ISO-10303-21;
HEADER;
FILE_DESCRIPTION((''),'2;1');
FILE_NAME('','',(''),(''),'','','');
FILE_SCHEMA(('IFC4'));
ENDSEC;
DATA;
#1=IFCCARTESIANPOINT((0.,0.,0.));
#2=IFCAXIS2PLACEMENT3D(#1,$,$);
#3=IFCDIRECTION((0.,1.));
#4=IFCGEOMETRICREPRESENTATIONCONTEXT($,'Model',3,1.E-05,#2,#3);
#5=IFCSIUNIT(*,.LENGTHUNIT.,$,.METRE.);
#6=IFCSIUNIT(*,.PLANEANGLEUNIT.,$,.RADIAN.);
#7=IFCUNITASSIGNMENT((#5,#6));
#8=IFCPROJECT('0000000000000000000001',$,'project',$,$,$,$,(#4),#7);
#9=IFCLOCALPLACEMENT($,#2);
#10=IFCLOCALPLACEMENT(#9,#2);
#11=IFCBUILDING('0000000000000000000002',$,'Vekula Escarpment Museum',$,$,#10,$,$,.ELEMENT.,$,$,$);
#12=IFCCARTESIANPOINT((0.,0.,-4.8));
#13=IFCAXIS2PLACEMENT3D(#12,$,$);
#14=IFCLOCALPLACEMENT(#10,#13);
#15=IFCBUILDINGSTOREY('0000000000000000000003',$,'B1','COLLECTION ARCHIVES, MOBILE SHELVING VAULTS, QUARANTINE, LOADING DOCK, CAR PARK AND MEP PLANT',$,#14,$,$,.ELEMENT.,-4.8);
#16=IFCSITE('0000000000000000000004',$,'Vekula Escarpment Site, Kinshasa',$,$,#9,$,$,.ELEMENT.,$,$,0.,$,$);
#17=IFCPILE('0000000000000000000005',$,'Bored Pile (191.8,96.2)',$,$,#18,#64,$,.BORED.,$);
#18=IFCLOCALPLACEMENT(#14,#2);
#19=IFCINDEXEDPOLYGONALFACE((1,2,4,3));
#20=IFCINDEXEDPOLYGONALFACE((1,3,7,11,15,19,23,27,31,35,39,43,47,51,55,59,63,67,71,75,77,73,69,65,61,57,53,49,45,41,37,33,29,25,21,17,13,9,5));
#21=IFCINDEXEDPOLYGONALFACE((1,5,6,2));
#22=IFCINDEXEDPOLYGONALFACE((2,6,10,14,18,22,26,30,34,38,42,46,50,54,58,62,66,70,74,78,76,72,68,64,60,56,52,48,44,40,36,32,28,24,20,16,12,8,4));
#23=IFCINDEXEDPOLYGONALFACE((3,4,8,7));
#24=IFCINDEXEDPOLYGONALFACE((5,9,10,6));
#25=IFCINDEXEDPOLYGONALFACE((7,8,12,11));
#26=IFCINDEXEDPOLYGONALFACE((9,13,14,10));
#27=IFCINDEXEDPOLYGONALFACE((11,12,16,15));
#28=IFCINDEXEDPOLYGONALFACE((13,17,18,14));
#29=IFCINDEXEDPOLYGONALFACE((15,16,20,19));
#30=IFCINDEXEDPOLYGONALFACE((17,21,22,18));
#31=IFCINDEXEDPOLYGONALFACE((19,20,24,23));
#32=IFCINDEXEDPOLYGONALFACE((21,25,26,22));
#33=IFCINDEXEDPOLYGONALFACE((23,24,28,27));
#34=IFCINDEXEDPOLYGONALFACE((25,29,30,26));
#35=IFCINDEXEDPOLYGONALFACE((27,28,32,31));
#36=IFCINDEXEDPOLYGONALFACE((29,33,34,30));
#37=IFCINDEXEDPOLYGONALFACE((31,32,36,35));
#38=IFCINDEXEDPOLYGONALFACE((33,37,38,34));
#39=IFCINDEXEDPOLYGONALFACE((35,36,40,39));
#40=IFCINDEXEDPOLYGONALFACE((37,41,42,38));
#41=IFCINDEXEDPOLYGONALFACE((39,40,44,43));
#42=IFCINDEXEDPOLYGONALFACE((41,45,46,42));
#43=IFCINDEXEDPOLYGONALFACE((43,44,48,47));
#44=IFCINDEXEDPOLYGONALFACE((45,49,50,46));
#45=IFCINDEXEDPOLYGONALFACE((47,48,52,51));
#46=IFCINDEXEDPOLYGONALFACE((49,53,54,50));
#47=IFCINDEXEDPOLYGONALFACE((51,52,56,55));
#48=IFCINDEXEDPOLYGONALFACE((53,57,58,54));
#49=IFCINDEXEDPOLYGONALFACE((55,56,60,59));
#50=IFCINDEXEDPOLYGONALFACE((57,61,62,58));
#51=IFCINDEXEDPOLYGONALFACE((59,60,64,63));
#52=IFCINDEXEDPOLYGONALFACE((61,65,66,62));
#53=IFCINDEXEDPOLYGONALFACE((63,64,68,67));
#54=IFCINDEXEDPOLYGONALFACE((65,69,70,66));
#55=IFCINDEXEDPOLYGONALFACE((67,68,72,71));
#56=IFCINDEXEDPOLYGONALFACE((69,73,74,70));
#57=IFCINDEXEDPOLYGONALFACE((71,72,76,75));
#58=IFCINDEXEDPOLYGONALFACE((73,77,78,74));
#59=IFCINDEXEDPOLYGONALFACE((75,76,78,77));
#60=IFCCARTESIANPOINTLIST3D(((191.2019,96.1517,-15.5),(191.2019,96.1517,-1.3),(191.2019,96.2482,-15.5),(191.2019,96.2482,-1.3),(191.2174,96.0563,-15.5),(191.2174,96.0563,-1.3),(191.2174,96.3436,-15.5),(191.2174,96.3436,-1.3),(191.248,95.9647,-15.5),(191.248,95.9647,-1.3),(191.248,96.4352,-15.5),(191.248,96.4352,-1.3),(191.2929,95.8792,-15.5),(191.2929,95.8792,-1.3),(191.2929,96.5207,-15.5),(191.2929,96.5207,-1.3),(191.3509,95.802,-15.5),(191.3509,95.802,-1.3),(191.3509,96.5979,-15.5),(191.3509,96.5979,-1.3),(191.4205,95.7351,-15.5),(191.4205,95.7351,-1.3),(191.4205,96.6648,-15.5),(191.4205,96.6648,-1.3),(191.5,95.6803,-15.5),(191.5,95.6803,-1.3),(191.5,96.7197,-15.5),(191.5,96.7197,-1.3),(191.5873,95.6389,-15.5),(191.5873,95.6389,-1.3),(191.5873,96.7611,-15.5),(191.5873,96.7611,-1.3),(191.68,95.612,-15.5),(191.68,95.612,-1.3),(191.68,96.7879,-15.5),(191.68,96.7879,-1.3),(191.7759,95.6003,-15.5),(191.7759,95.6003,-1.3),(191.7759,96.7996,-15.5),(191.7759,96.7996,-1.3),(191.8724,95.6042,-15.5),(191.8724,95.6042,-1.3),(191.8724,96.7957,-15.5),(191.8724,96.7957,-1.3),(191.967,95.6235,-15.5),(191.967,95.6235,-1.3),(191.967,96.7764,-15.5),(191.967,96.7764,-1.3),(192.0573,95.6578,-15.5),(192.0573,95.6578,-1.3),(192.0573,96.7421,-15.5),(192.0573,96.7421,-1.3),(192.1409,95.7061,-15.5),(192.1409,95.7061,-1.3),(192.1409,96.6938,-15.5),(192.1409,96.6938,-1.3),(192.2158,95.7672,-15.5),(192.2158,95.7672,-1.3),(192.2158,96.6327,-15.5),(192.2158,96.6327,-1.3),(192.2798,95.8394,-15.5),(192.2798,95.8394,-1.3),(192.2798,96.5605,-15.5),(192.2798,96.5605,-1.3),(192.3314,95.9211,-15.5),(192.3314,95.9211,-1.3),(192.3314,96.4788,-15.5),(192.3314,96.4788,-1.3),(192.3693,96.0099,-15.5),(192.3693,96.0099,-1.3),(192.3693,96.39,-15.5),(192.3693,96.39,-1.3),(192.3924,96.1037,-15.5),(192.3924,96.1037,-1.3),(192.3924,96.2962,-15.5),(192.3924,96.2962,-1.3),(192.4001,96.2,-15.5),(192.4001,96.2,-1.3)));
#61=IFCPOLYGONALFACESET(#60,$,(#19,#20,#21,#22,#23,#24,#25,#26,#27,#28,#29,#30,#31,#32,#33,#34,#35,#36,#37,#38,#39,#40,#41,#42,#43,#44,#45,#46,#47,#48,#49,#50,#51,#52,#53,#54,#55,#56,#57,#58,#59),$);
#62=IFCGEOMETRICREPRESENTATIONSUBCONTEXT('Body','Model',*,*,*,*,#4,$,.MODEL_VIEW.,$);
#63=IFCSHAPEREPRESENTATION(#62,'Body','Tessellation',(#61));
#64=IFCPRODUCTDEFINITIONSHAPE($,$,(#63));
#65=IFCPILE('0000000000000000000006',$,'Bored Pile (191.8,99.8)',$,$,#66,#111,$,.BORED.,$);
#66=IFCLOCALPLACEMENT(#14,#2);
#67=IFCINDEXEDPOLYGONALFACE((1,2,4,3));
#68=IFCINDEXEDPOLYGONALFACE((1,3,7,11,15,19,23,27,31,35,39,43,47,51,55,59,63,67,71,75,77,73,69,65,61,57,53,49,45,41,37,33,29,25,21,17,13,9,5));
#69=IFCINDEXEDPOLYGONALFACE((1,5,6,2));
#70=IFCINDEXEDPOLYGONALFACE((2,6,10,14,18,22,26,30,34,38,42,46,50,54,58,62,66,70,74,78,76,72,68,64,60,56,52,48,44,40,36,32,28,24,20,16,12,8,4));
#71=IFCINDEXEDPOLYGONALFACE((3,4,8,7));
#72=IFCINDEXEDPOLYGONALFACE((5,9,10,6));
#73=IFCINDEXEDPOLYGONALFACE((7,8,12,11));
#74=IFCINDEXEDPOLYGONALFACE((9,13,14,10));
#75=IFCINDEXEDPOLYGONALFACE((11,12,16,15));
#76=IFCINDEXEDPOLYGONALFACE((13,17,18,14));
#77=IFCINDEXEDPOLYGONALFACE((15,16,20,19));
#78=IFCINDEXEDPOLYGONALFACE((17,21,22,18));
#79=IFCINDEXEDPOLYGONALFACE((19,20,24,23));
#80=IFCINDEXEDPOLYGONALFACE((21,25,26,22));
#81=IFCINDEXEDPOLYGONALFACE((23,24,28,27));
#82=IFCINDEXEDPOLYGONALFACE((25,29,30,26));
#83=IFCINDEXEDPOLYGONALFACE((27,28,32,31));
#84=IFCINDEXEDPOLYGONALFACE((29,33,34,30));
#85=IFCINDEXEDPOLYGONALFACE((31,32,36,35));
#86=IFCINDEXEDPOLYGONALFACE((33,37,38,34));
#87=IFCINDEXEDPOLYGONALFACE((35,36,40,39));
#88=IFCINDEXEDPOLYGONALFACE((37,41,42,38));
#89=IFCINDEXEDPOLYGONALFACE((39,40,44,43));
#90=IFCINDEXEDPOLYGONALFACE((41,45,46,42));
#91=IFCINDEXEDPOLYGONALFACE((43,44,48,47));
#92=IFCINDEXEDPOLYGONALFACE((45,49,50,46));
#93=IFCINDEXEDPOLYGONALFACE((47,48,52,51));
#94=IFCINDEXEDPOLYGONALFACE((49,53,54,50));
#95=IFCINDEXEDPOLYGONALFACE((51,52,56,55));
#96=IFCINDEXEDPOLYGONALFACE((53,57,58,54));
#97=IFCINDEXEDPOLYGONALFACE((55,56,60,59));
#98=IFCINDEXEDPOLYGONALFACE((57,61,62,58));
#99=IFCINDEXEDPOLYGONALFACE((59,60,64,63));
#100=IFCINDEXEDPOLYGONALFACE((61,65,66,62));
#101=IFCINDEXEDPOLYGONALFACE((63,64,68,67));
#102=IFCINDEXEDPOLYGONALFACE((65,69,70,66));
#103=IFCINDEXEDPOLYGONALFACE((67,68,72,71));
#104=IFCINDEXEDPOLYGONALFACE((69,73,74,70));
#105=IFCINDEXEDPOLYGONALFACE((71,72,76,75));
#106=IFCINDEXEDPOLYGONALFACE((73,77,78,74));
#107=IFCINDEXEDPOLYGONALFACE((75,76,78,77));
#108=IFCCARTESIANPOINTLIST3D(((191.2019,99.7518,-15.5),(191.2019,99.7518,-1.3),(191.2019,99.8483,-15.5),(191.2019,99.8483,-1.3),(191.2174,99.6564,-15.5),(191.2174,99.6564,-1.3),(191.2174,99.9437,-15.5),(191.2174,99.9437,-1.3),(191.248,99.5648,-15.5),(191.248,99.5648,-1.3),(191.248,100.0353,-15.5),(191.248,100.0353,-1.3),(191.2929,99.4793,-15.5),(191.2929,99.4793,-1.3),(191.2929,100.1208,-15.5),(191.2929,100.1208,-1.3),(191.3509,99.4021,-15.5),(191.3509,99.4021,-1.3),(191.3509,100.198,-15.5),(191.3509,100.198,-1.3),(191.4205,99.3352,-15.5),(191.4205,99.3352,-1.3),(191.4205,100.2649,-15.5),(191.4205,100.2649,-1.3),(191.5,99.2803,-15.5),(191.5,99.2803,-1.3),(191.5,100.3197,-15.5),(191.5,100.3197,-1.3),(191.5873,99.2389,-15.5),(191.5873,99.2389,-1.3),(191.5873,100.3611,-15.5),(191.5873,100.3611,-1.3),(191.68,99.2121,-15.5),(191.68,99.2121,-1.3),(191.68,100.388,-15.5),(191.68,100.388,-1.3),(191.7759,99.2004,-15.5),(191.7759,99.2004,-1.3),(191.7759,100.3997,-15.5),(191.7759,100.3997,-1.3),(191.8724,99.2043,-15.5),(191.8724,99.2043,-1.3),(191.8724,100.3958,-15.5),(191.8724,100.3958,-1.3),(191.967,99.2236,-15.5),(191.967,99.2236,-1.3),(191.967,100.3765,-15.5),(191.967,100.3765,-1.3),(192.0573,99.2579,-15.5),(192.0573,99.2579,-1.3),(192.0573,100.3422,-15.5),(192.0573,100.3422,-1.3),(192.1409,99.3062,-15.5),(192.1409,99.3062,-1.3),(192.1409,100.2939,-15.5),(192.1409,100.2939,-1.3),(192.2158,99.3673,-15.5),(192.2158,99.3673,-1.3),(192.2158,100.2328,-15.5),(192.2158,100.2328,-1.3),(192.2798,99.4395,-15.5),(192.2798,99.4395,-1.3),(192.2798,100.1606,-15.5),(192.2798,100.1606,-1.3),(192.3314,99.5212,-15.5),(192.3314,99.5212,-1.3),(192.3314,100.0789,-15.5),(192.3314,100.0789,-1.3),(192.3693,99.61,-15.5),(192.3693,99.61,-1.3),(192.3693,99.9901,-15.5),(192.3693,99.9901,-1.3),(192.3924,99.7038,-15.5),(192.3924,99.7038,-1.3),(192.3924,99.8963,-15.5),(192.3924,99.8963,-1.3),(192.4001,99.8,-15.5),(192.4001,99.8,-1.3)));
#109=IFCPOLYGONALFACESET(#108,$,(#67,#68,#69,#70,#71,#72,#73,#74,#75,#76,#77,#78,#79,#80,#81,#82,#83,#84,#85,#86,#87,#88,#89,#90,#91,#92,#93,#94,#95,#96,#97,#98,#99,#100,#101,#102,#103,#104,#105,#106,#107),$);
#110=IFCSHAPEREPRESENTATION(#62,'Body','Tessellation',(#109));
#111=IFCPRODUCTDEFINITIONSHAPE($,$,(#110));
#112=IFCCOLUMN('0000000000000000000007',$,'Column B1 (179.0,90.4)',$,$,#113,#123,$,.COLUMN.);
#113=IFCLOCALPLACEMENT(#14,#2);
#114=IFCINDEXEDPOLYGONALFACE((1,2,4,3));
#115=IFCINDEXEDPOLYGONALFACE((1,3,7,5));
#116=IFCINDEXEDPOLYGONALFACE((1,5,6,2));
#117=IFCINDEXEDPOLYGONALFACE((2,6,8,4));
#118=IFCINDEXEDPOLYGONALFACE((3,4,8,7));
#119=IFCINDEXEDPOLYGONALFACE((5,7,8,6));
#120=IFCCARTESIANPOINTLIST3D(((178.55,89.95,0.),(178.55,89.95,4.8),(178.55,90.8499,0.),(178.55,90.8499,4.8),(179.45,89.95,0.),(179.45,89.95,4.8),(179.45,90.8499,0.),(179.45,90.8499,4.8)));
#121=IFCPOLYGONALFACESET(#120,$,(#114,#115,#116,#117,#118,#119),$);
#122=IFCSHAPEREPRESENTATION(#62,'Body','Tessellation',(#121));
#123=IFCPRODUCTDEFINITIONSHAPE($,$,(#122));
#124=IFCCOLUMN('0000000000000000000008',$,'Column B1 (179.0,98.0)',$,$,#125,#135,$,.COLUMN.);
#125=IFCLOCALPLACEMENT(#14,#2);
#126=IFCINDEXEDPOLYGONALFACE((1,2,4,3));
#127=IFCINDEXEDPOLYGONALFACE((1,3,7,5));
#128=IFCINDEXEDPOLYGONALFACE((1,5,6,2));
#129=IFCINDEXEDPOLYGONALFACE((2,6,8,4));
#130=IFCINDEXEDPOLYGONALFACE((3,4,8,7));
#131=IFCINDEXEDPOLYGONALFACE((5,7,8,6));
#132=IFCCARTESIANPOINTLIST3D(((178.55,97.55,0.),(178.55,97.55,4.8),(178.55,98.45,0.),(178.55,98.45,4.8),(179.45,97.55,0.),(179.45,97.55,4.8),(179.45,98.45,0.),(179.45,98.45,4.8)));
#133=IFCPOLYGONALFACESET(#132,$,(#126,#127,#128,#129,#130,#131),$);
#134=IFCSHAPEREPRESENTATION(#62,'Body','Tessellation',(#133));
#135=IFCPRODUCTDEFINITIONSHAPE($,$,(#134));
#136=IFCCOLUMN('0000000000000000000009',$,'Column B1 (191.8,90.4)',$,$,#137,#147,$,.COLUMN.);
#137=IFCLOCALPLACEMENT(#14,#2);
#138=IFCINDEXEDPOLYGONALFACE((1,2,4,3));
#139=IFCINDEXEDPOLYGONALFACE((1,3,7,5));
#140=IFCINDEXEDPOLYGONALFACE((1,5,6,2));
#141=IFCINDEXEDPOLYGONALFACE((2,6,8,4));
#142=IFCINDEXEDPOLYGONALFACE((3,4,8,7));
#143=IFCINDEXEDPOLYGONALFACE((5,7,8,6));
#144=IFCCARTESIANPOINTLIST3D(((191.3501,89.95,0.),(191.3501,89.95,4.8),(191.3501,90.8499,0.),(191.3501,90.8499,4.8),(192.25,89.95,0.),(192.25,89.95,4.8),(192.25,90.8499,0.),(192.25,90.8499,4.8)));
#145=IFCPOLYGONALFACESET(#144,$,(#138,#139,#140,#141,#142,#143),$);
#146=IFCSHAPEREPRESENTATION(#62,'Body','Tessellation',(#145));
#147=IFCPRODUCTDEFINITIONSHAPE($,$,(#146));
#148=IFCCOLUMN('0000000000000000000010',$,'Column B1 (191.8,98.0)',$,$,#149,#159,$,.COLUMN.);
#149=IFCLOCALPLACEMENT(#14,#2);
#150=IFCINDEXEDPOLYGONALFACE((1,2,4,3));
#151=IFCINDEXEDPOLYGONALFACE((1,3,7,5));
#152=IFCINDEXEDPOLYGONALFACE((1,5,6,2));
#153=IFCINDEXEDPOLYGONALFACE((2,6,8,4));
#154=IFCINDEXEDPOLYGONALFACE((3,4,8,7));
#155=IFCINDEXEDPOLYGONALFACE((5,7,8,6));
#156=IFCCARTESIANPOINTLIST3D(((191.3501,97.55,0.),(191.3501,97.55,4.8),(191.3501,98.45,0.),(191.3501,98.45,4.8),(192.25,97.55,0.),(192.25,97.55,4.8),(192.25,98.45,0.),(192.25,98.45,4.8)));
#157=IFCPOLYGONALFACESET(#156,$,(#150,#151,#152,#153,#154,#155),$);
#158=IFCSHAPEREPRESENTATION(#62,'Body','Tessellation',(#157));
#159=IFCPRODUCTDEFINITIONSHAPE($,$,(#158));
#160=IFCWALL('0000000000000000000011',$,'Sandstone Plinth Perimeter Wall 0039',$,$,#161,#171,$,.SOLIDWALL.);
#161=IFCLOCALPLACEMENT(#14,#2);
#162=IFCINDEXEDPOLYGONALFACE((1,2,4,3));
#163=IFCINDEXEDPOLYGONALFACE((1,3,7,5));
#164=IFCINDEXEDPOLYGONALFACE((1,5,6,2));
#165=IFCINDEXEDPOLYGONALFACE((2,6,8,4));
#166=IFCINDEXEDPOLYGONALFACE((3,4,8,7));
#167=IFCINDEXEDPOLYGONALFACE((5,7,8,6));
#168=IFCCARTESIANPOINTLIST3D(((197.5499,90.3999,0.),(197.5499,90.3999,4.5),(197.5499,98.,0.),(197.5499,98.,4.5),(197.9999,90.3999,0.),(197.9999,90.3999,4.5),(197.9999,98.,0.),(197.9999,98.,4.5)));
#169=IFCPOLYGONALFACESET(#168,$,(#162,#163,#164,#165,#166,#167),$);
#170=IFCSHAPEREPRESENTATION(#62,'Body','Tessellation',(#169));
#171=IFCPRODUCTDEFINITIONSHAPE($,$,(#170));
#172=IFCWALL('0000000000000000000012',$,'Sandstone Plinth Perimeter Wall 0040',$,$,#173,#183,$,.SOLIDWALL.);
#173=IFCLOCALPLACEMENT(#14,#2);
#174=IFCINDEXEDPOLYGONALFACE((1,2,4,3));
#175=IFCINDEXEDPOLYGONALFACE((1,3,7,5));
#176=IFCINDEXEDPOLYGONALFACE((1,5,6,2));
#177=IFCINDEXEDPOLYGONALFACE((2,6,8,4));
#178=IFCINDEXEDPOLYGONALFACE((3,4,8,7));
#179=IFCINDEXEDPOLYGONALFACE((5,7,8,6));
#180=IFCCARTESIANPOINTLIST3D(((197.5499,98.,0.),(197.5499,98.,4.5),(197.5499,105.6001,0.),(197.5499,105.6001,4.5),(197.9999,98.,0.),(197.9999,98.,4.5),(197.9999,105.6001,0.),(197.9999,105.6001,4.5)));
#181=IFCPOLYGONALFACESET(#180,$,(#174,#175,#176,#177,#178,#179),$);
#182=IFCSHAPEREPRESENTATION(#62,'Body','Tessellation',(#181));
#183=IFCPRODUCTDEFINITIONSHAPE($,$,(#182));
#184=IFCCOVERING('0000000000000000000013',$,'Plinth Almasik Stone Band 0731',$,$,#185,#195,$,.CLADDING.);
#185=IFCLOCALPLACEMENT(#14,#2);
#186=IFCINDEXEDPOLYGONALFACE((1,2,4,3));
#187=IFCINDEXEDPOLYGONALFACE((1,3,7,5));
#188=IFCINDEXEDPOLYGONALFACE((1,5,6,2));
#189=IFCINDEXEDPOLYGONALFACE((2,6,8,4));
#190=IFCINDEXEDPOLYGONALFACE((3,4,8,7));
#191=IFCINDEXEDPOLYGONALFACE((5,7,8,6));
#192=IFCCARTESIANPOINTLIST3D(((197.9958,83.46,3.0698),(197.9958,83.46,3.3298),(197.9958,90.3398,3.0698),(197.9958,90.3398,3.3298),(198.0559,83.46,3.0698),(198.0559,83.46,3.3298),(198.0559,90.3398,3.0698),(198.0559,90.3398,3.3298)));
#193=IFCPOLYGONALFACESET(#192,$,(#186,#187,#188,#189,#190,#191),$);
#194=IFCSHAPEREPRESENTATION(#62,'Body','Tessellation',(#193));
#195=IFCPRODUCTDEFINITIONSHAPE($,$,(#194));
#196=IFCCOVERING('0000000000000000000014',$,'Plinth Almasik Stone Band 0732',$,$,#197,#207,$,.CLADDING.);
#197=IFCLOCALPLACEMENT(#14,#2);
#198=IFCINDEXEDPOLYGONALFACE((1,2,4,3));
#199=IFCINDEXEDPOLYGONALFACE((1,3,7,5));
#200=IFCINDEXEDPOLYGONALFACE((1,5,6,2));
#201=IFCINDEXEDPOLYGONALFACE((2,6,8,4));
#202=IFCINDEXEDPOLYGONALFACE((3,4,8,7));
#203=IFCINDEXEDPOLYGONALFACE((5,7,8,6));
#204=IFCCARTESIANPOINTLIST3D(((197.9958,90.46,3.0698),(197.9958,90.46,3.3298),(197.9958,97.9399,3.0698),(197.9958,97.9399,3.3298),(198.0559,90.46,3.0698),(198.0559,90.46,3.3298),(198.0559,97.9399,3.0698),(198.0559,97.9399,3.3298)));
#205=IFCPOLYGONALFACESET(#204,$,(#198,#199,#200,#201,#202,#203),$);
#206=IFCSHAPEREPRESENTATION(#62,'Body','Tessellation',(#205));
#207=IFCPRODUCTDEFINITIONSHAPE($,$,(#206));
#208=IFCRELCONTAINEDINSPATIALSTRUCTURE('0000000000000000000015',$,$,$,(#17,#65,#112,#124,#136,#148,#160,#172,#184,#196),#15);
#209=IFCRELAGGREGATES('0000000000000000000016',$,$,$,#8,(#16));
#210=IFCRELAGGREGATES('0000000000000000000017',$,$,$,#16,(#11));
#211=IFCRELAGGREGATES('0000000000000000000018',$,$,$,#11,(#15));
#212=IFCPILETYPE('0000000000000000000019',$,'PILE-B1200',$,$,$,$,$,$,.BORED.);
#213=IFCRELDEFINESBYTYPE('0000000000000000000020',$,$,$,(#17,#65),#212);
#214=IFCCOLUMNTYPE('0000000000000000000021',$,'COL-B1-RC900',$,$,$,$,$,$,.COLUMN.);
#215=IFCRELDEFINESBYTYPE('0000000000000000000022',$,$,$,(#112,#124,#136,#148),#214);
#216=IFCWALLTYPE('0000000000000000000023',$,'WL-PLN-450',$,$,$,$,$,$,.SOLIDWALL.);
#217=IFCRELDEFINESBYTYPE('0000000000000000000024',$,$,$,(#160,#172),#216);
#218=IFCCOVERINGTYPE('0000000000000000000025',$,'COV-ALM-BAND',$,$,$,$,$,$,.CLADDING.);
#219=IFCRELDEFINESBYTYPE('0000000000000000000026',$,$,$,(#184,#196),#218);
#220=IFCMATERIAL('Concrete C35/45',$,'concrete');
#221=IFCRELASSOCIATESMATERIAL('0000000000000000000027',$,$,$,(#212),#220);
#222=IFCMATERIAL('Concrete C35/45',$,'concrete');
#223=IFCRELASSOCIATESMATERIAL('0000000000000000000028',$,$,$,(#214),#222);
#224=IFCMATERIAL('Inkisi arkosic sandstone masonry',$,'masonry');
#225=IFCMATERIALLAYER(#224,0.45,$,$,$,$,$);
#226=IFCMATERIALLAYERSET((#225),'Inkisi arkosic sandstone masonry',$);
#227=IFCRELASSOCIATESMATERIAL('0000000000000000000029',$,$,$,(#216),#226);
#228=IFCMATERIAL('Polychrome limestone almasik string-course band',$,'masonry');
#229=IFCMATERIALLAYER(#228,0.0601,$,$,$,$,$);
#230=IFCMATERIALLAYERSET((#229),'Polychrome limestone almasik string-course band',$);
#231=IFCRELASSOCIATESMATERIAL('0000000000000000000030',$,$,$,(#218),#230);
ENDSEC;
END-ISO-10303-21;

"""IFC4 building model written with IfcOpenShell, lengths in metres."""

from ifc_helpers import new_model, si_unit, direction, frame, frame_2d, origin, origin_2d, place, context, subcontext, project, spatial, rectangle, circle, extrude, material, layer, layer_set, material_profile, profile_set, type_object, element, save


model = new_model("IFC4")

# Units and contexts
model_context = context("Model", 3, precision=1e-05, world=origin(), true_north=direction((0.0, 1.0)))
body_context = subcontext(model_context, "Body", "Model", "MODEL_VIEW")
ifc_project = project(units=[si_unit("LENGTHUNIT", "METRE"), si_unit("PLANEANGLEUNIT", "RADIAN")], contexts=[model_context])

# Site, building, storey
site_placement = place(None, origin())
site = spatial("IfcSite", under=ifc_project, at=site_placement, Name="Vekula Escarpment Site, Kinshasa", CompositionType="ELEMENT", RefElevation=0.0)
building_placement = place(site_placement, origin())
building = spatial("IfcBuilding", under=site, at=building_placement, Name="Vekula Escarpment Museum", CompositionType="ELEMENT")
storey_placement = place(building_placement, frame((0.0, 0.0, -4.8)))
storey = spatial("IfcBuildingStorey", under=building, at=storey_placement, Name="B1", Description="COLLECTION ARCHIVES, MOBILE SHELVING VAULTS, QUARANTINE, LOADING DOCK, CAR PARK AND MEP PLANT", CompositionType="ELEMENT", Elevation=-4.8)

# Piles
ifc_material_1 = material(Name="Concrete C35/45", Category="concrete")
ifc_material_profile_1 = material_profile(ifc_material_1, circle(Radius=0.6001, at=origin_2d()), Name="BORED PILE 1200")
ifc_profile_set_1 = profile_set([ifc_material_profile_1], Name="Concrete C35/45")
pile_type = type_object("IfcPileType", Name="PILE-B1200", PredefinedType="BORED", material=ifc_profile_set_1)
for number, where, z_axis, x_axis, name in (
    (1, (191.8, 96.2, -1.3), (0.0, 0.0, -1.0), (1.0, 0.0, 0.0), "Bored Pile (191.8,96.2)"),
    (2, (191.8, 99.8, -1.3), (0.0, 0.0, -1.0), (1.0, 0.0, 0.0), "Bored Pile (191.8,99.8)"),
):
    element("IfcPile", number, at=place(storey_placement, frame(where, z_axis=z_axis, x_axis=x_axis)), inside=storey, type_object=pile_type, Name=name, PredefinedType="BORED", context=body_context, shape_type="SweptSolid", body=[
        extrude(circle(Radius=0.6001, at=origin_2d()), origin(), (0.0, 0.0, 1.0), 14.2),
    ])

# Columns
ifc_material_2 = material(Name="Concrete C35/45", Category="concrete")
ifc_material_profile_2 = material_profile(ifc_material_2, rectangle(XDim=0.8999, YDim=0.8999, at=origin_2d()), Name="RC 900x900")
ifc_profile_set_2 = profile_set([ifc_material_profile_2], Name="Concrete C35/45")
column_type = type_object("IfcColumnType", Name="COL-B1-RC900", PredefinedType="COLUMN", material=ifc_profile_set_2)
for number, where, z_axis, x_axis, name in (
    (3, (179.0, 90.3999, 0.0), (0.0, 0.0, 1.0), (1.0, 0.0, 0.0), "Column B1 (179.0,90.4)"),
    (4, (179.0, 98.0, 0.0), (0.0, 0.0, 1.0), (1.0, 0.0, 0.0), "Column B1 (179.0,98.0)"),
    (5, (191.8, 90.3999, 0.0), (0.0, 0.0, 1.0), (1.0, 0.0, 0.0), "Column B1 (191.8,90.4)"),
    (6, (191.8, 98.0, 0.0), (0.0, 0.0, 1.0), (1.0, 0.0, 0.0), "Column B1 (191.8,98.0)"),
):
    element("IfcColumn", number, at=place(storey_placement, frame(where, z_axis=z_axis, x_axis=x_axis)), inside=storey, type_object=column_type, Name=name, PredefinedType="COLUMN", context=body_context, shape_type="SweptSolid", body=[
        extrude(rectangle(XDim=0.8999, YDim=0.8999, at=origin_2d()), origin(), (0.0, 0.0, 1.0), 4.8),
    ])

# Walls
ifc_material_3 = material(Name="Inkisi arkosic sandstone masonry", Category="masonry")
ifc_layer_1 = layer(ifc_material_3, 0.45)
ifc_layer_set_1 = layer_set([ifc_layer_1], Name="Inkisi arkosic sandstone masonry")
wall_type = type_object("IfcWallType", Name="WL-PLN-450", PredefinedType="SOLIDWALL", material=ifc_layer_set_1)
for number, where, z_axis, x_axis, name in (
    (7, (197.7749, 90.3999, 0.0), (0.0, 0.0, 1.0), (0.0, 1.0, 0.0), "Sandstone Plinth Perimeter Wall 0039"),
    (8, (197.7749, 98.0, 0.0), (0.0, 0.0, 1.0), (0.0, 1.0, 0.0), "Sandstone Plinth Perimeter Wall 0040"),
):
    element("IfcWall", number, at=place(storey_placement, frame(where, z_axis=z_axis, x_axis=x_axis)), inside=storey, type_object=wall_type, Name=name, PredefinedType="SOLIDWALL", context=body_context, shape_type="SweptSolid", body=[
        extrude(rectangle(XDim=7.6001, YDim=0.45, at=frame_2d((3.8, 0.0))), origin(), (0.0, 0.0, 1.0), 4.5),
    ])

# Coverings
ifc_material_4 = material(Name="Polychrome limestone almasik string-course band", Category="masonry")
ifc_layer_2 = layer(ifc_material_4, 0.0601)
ifc_layer_set_2 = layer_set([ifc_layer_2], Name="Polychrome limestone almasik string-course band")
covering_type = type_object("IfcCoveringType", Name="COV-ALM-BAND", PredefinedType="CLADDING", material=ifc_layer_set_2)
covering_1_placement = place(storey_placement, frame((198.0259, 86.8999, 3.0698), z_axis=(0.0, 0.0, 1.0), x_axis=(0.0, 1.0, 0.0)))
element("IfcCovering", 9, at=covering_1_placement, inside=storey, type_object=covering_type, Name="Plinth Almasik Stone Band 0731", PredefinedType="CLADDING", context=body_context, shape_type="SweptSolid", body=[
    extrude(rectangle(XDim=6.8799, YDim=0.0601, at=origin_2d()), origin(), (0.0, 0.0, 1.0), 0.26),
])
covering_2_placement = place(storey_placement, frame((198.0259, 94.2, 3.0698), z_axis=(0.0, 0.0, 1.0), x_axis=(0.0, 1.0, 0.0)))
element("IfcCovering", 10, at=covering_2_placement, inside=storey, type_object=covering_type, Name="Plinth Almasik Stone Band 0732", PredefinedType="CLADDING", context=body_context, shape_type="SweptSolid", body=[
    extrude(rectangle(XDim=7.48, YDim=0.0601, at=origin_2d()), origin(), (0.0, 0.0, 1.0), 0.26),
])

save(model, "model.ifc")
